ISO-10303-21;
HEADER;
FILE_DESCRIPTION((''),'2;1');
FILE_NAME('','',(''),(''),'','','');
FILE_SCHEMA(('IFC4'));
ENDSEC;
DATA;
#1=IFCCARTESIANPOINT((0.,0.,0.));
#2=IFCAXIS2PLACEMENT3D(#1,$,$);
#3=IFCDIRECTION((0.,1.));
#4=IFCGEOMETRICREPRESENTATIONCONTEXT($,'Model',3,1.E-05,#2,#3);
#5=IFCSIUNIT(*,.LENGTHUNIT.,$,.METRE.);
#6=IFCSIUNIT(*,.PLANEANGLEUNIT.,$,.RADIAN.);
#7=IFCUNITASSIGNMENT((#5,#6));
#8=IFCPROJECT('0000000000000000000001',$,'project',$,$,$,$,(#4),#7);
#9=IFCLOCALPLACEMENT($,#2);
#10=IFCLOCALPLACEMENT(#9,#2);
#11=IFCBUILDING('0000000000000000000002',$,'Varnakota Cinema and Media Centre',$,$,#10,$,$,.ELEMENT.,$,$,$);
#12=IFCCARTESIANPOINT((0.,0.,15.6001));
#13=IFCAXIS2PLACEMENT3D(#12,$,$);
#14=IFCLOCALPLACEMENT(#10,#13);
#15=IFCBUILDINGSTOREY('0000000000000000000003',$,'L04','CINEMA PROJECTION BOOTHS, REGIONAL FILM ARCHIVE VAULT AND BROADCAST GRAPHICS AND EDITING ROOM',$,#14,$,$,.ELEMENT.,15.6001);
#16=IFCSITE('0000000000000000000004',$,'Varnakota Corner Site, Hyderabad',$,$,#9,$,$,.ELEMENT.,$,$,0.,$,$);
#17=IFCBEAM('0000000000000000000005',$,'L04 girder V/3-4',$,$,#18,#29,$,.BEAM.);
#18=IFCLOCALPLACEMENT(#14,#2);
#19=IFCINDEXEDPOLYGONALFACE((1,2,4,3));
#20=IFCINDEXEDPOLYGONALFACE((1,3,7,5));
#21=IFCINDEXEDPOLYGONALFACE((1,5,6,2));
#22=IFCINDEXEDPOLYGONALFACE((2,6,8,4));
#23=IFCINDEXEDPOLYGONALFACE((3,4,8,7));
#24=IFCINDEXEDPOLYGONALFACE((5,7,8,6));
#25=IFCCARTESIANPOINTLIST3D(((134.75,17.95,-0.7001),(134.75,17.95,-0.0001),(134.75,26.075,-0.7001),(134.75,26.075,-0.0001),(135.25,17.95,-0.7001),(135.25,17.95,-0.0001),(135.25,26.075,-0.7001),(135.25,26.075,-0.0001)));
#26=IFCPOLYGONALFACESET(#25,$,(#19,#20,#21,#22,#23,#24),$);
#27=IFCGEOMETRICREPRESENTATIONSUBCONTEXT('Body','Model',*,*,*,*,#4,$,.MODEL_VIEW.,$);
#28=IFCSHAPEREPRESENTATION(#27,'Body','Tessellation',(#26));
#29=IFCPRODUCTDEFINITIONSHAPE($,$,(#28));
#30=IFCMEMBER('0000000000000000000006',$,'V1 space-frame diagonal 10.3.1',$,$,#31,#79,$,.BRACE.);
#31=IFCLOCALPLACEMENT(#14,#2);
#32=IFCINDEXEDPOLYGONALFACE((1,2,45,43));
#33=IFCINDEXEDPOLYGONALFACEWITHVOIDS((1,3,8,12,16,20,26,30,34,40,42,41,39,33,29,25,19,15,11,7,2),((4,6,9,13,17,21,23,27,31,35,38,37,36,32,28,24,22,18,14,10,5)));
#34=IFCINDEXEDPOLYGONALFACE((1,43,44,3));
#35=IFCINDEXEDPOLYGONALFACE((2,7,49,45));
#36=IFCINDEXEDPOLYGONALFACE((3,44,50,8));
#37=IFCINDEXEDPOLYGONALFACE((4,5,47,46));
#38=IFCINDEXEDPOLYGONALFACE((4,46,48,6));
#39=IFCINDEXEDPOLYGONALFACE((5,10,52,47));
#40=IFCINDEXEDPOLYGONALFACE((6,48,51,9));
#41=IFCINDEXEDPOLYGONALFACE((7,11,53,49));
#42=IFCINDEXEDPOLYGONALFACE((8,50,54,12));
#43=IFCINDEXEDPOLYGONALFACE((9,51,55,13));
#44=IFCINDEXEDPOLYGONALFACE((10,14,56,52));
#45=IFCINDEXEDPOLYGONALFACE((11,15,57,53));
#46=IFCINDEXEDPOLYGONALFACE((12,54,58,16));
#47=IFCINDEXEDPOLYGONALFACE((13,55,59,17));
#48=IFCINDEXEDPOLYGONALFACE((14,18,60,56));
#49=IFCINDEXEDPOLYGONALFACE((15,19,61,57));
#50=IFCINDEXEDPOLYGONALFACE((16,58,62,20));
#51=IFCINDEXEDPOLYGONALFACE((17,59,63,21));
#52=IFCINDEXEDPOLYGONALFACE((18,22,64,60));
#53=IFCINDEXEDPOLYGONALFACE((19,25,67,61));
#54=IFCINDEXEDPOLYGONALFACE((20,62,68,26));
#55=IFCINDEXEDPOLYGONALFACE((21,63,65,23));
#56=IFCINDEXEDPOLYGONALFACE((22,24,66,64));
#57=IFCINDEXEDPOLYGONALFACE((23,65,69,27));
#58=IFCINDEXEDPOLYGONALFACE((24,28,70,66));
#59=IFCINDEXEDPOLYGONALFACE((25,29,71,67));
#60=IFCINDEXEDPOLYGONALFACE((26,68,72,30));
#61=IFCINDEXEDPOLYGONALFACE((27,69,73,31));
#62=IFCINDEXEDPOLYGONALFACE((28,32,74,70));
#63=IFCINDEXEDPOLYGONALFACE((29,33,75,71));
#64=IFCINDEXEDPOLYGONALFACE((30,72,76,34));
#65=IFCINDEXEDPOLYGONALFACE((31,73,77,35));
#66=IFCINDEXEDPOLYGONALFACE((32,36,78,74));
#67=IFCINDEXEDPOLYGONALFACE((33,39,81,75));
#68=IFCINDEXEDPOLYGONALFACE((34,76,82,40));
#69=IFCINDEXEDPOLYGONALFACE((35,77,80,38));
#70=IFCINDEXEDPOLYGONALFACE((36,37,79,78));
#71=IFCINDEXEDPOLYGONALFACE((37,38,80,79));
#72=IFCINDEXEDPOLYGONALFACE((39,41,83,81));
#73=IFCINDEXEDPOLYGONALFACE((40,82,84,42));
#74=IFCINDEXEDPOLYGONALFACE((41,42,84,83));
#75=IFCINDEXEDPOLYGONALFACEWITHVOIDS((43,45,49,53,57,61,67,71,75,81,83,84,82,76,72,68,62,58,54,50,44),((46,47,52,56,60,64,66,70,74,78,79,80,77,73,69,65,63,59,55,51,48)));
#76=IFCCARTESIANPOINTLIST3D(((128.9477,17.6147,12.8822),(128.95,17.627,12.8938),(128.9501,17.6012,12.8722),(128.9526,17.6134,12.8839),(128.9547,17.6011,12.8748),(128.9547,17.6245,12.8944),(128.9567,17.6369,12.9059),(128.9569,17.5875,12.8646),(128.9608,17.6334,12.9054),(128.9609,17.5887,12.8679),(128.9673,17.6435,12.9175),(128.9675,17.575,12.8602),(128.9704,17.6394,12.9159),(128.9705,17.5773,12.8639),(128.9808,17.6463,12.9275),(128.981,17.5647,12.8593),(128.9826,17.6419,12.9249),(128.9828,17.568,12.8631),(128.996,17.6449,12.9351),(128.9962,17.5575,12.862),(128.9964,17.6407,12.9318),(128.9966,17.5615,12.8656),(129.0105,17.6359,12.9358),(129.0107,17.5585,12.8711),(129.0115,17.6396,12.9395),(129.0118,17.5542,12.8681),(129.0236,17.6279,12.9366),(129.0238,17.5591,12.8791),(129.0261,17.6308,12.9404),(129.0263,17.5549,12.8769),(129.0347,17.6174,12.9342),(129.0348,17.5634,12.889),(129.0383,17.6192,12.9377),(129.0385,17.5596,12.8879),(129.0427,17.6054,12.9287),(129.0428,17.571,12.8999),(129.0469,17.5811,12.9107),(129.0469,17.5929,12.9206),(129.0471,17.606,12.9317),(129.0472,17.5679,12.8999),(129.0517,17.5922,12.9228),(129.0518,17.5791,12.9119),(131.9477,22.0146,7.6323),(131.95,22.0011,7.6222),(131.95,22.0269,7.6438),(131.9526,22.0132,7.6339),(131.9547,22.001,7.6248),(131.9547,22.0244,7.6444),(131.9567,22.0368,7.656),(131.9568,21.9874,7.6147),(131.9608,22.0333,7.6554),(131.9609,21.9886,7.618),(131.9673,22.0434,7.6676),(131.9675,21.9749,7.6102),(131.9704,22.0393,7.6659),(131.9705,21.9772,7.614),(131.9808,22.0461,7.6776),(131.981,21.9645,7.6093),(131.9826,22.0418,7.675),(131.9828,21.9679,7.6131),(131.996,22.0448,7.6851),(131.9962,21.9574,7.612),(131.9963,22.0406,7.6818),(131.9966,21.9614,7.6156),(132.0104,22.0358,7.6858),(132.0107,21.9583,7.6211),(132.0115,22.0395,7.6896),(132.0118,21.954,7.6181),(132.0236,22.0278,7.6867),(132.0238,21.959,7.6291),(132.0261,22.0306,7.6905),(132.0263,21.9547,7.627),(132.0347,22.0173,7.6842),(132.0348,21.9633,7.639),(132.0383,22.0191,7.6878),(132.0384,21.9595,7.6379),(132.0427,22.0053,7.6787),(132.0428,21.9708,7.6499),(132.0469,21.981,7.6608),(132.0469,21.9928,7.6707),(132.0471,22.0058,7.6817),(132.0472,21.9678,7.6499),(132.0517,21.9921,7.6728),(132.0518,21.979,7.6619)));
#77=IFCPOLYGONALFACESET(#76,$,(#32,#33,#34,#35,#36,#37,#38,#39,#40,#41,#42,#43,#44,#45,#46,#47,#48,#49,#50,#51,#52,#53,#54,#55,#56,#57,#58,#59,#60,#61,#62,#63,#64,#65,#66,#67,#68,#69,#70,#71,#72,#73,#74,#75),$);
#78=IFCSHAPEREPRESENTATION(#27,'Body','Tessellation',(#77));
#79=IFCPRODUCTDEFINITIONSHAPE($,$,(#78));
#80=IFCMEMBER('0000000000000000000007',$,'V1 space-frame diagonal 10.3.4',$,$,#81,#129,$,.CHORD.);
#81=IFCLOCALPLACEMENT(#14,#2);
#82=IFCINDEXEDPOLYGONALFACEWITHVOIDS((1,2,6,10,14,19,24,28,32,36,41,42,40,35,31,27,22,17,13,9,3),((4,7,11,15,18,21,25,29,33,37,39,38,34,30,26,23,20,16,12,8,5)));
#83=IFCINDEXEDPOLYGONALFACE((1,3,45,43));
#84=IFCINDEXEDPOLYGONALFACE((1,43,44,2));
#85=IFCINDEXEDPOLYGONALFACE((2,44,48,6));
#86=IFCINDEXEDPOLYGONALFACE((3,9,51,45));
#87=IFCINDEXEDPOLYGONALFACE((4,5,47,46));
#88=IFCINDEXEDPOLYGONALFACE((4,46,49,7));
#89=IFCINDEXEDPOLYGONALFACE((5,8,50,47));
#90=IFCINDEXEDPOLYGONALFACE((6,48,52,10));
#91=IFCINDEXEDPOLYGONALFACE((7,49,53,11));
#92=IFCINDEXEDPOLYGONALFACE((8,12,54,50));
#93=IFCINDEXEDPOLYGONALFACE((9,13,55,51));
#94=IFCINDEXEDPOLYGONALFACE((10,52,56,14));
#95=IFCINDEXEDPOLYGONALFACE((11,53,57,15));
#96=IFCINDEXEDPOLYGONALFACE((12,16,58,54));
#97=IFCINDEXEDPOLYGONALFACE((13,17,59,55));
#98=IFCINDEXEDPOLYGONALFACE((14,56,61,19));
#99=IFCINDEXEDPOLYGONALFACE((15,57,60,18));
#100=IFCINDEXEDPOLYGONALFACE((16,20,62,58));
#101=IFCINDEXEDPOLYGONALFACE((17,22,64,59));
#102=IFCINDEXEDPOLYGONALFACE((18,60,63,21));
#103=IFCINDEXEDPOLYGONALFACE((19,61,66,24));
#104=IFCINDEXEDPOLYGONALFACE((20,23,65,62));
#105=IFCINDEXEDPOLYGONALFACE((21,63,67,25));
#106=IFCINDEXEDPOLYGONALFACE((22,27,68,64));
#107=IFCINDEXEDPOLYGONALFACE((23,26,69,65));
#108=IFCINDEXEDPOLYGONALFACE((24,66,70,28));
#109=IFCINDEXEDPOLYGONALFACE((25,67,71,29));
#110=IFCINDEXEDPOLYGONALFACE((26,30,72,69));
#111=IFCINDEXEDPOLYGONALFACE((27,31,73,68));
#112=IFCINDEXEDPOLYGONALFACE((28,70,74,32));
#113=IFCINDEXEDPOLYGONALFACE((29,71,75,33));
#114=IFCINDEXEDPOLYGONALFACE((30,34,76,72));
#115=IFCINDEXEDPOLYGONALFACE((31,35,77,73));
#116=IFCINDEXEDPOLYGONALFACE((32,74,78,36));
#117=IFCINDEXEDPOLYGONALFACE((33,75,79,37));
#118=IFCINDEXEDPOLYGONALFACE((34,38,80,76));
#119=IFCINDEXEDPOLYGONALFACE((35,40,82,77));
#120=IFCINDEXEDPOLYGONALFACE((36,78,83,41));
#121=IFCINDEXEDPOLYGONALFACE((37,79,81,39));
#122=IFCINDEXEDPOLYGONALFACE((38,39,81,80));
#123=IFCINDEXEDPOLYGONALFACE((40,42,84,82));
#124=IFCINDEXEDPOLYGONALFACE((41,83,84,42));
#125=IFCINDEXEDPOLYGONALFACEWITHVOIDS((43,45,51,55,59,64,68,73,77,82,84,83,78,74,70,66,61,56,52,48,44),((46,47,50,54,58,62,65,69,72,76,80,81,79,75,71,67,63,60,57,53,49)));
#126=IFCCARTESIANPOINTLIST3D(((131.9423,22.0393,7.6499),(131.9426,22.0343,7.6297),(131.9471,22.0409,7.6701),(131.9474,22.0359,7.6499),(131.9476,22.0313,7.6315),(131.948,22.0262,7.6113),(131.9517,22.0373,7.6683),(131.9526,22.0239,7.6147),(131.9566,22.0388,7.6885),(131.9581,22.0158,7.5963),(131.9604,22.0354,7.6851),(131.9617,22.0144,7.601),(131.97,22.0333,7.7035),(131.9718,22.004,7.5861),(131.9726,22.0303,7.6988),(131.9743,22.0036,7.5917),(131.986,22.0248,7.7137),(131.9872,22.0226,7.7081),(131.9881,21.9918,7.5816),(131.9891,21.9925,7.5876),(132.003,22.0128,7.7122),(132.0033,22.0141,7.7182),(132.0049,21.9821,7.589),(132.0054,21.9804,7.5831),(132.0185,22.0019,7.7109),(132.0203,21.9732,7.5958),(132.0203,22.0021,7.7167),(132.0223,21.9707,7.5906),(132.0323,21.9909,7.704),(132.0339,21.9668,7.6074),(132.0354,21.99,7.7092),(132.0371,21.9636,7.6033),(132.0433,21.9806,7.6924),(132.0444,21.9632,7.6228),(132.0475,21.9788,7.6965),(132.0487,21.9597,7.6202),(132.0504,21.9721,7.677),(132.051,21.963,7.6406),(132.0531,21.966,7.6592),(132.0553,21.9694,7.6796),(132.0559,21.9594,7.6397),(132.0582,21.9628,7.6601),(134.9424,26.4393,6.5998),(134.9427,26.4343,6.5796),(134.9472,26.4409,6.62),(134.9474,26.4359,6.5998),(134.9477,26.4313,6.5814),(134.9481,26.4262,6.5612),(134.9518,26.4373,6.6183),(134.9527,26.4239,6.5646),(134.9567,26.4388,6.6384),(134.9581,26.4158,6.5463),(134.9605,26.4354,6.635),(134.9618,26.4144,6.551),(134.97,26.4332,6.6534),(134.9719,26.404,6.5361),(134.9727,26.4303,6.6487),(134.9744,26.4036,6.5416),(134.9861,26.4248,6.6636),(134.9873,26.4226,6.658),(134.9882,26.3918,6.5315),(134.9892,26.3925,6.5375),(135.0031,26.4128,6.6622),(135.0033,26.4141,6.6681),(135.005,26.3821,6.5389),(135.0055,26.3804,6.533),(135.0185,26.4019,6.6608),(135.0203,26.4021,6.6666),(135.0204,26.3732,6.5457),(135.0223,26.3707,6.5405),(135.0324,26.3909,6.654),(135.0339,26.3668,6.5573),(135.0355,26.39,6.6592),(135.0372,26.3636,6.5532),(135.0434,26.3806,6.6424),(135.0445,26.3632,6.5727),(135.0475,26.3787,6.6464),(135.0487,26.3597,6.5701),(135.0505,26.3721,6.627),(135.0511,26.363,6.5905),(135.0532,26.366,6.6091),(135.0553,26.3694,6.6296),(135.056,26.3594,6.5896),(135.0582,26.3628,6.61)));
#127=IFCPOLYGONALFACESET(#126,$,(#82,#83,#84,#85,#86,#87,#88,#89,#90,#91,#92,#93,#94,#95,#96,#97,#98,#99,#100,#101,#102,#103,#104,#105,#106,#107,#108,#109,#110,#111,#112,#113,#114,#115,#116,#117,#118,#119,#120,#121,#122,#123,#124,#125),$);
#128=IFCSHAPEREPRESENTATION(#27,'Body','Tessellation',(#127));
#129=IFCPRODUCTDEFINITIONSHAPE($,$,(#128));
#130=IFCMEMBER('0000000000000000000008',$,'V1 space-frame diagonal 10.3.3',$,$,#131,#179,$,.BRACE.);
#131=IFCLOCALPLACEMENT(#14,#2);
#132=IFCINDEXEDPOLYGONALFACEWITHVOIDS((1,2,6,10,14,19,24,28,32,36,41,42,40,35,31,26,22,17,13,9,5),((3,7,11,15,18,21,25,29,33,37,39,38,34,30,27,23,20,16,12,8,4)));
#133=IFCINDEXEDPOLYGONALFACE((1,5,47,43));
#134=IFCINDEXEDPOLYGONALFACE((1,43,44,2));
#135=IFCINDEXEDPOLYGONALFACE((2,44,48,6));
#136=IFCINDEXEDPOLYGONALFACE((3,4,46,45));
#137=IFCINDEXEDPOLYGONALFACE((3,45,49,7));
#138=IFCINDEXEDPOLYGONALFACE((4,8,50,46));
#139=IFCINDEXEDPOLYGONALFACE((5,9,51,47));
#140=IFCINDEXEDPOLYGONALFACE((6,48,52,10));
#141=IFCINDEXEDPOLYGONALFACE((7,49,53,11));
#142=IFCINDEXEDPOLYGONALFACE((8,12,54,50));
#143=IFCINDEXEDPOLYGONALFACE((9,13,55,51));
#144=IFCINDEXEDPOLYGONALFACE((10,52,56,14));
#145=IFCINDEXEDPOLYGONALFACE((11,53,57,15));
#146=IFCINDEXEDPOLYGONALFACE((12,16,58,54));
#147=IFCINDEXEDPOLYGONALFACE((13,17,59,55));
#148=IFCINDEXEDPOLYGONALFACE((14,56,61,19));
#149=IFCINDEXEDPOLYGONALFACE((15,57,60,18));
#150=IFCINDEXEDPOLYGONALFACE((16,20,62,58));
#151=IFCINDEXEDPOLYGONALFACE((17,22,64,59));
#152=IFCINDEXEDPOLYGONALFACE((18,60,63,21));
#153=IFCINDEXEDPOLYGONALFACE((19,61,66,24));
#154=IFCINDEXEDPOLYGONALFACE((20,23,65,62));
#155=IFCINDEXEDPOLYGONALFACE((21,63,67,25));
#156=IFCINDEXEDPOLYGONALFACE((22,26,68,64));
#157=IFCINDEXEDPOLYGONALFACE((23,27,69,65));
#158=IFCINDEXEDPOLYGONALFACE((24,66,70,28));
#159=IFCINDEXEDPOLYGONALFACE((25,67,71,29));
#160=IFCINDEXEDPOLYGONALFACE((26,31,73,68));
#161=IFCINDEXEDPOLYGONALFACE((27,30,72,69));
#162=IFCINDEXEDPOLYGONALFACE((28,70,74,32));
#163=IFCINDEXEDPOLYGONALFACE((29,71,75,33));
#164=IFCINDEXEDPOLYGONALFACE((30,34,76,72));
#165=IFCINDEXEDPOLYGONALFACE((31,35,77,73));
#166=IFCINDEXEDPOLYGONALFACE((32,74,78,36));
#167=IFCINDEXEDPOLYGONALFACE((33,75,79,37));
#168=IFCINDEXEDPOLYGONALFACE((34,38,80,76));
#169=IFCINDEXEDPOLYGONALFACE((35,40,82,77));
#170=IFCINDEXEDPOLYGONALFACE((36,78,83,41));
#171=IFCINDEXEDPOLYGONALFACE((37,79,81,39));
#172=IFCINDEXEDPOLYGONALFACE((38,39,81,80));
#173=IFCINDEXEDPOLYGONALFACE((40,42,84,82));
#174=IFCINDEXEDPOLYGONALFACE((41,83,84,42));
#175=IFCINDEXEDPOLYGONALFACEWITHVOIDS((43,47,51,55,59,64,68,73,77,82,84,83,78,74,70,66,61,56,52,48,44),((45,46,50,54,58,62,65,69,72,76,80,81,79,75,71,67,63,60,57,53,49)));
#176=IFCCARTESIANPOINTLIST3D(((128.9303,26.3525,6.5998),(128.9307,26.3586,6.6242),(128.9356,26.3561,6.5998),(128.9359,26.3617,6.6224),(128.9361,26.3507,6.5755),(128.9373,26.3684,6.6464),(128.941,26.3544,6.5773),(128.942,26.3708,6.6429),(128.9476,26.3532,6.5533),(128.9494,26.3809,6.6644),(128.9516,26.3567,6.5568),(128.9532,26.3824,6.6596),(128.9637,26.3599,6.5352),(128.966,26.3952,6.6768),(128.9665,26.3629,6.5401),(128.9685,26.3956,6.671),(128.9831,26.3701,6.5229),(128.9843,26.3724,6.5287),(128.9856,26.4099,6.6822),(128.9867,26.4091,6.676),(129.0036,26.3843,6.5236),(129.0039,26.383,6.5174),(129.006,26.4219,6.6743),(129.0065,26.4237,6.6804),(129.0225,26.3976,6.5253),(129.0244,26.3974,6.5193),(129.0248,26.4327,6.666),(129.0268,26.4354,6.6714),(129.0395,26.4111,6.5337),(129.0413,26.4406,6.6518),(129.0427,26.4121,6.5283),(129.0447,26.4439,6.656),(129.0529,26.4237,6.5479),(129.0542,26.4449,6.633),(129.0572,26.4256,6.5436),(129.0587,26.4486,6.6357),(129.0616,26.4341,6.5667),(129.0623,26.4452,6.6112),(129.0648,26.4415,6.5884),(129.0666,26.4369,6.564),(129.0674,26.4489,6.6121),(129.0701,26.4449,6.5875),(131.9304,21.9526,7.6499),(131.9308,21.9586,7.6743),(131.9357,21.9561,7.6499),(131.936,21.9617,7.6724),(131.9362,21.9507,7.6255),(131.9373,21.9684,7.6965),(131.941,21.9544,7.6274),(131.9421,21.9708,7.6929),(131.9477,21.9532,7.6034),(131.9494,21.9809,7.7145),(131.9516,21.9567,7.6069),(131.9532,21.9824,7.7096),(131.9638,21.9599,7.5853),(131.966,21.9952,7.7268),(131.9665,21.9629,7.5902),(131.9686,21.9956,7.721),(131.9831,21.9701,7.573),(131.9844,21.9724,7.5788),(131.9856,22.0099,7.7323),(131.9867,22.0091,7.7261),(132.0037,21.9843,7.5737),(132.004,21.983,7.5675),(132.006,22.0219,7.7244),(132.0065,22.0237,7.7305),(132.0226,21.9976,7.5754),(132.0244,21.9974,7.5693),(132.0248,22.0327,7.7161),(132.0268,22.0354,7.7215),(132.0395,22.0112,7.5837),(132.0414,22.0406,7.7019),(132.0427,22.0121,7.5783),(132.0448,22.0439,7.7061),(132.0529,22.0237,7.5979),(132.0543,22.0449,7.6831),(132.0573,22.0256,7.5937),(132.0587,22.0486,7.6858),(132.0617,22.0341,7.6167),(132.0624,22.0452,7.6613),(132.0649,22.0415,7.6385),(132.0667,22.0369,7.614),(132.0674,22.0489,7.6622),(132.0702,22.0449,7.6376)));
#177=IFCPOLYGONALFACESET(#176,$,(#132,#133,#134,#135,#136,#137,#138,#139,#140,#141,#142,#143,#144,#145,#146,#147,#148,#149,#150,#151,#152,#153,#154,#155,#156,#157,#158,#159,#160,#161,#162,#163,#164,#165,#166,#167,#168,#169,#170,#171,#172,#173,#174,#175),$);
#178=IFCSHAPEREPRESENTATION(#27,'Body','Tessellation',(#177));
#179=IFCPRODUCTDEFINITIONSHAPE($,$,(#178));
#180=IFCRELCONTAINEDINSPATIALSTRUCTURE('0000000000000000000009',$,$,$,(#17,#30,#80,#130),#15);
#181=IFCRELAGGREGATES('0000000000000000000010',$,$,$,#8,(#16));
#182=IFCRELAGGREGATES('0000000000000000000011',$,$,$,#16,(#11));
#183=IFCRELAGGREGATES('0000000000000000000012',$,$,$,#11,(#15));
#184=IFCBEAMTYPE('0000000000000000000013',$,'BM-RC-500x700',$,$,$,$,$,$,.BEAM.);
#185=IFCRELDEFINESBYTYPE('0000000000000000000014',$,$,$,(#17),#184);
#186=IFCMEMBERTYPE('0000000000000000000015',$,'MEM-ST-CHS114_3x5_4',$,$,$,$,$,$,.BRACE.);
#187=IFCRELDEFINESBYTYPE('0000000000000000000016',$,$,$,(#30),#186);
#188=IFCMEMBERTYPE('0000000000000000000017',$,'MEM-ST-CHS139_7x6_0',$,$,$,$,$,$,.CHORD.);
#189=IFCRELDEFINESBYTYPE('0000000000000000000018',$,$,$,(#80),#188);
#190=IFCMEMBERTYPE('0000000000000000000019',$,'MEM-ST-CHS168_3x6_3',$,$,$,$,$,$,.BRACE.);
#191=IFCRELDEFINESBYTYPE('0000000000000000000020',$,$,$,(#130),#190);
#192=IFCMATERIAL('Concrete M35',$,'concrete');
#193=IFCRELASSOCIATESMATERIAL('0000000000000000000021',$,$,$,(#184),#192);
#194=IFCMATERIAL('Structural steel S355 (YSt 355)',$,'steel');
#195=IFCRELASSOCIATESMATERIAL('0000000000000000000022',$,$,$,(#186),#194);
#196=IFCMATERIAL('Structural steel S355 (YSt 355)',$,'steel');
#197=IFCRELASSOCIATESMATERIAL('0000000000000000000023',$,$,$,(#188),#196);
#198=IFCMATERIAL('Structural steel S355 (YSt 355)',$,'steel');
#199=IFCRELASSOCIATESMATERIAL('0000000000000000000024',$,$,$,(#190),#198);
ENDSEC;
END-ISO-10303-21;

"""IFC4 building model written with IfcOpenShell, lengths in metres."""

from ifc_helpers import new_model, si_unit, direction, frame, origin, origin_2d, place, context, subcontext, project, spatial, rectangle, hollow_circle, extrude, material, material_profile, profile_set, type_object, element, save


model = new_model("IFC4")

# Units and contexts
model_context = context("Model", 3, precision=1e-05, world=origin(), true_north=direction((0.0, 1.0)))
body_context = subcontext(model_context, "Body", "Model", "MODEL_VIEW")
ifc_project = project(units=[si_unit("LENGTHUNIT", "METRE"), si_unit("PLANEANGLEUNIT", "RADIAN")], contexts=[model_context])

# Site, building, storey
site_placement = place(None, origin())
site = spatial("IfcSite", under=ifc_project, at=site_placement, Name="Varnakota Corner Site, Hyderabad", CompositionType="ELEMENT", RefElevation=0.0)
building_placement = place(site_placement, origin())
building = spatial("IfcBuilding", under=site, at=building_placement, Name="Varnakota Cinema and Media Centre", CompositionType="ELEMENT")
storey_placement = place(building_placement, frame((0.0, 0.0, 15.6001)))
storey = spatial("IfcBuildingStorey", under=building, at=storey_placement, Name="L04", Description="CINEMA PROJECTION BOOTHS, REGIONAL FILM ARCHIVE VAULT AND BROADCAST GRAPHICS AND EDITING ROOM", CompositionType="ELEMENT", Elevation=15.6001)

# Beam
ifc_material_1 = material(Name="Concrete M35", Category="concrete")
ifc_material_profile_1 = material_profile(ifc_material_1, rectangle(XDim=0.5, YDim=0.7, at=origin_2d()), Name="RCB 500x700")
ifc_profile_set_1 = profile_set([ifc_material_profile_1], Name="Concrete M35")
beam_type = type_object("IfcBeamType", Name="BM-RC-500x700", PredefinedType="BEAM", material=ifc_profile_set_1)
beam_placement = place(storey_placement, frame((135.0, 17.95, -0.3501), z_axis=(0.0, 1.0, 0.0), x_axis=(-1.0, 0.0, 0.0)))
element("IfcBeam", 1, at=beam_placement, inside=storey, type_object=beam_type, Name="L04 girder V/3-4", PredefinedType="BEAM", context=body_context, shape_type="SweptSolid", body=[
    extrude(rectangle(XDim=0.5, YDim=0.7, at=origin_2d()), origin(), (0.0, 0.0, 1.0), 8.125),
])

# Members
ifc_material_2 = material(Name="Structural steel S355 (YSt 355)", Category="steel")
ifc_material_profile_2 = material_profile(ifc_material_2, hollow_circle(Radius=0.0571, WallThickness=0.0054, at=origin_2d()), Name="CHS 114.3x5.4")
ifc_profile_set_2 = profile_set([ifc_material_profile_2], Name="Structural steel S355 (YSt 355)")
member_type_1 = type_object("IfcMemberType", Name="MEM-ST-CHS114_3x5_4", PredefinedType="BRACE", material=ifc_profile_set_2)
member_1_placement = place(storey_placement, frame((132.0, 22.0, 7.6499), z_axis=(-0.401173, -0.588373, 0.702052), x_axis=(0.826222, -0.563345, 0.0)))
element("IfcMember", 2, at=member_1_placement, inside=storey, type_object=member_type_1, Name="V1 space-frame diagonal 10.3.1", PredefinedType="BRACE", context=body_context, shape_type="SweptSolid", body=[
    extrude(hollow_circle(Radius=0.0571, WallThickness=0.0054, at=origin_2d()), origin(), (0.0, 0.0, 1.0), 7.478),
])
ifc_material_3 = material(Name="Structural steel S355 (YSt 355)", Category="steel")
ifc_material_profile_3 = material_profile(ifc_material_3, hollow_circle(Radius=0.0698, WallThickness=0.0061, at=origin_2d()), Name="CHS 139.7x6.0")
ifc_profile_set_3 = profile_set([ifc_material_profile_3], Name="Structural steel S355 (YSt 355)")
member_type_2 = type_object("IfcMemberType", Name="MEM-ST-CHS139_7x6_0", PredefinedType="CHORD", material=ifc_profile_set_3)
member_2_placement = place(storey_placement, frame((132.0, 22.0, 7.6499), z_axis=(0.552703, 0.810613, -0.193455), x_axis=(-0.826222, 0.563345, 0.0)))
element("IfcMember", 3, at=member_2_placement, inside=storey, type_object=member_type_2, Name="V1 space-frame diagonal 10.3.4", PredefinedType="CHORD", context=body_context, shape_type="SweptSolid", body=[
    extrude(hollow_circle(Radius=0.0698, WallThickness=0.0061, at=origin_2d()), origin(), (0.0, 0.0, 1.0), 5.428),
])
ifc_material_4 = material(Name="Structural steel S355 (YSt 355)", Category="steel")
ifc_material_profile_4 = material_profile(ifc_material_4, hollow_circle(Radius=0.0842, WallThickness=0.0063, at=origin_2d()), Name="CHS 168.3x6.3")
ifc_profile_set_4 = profile_set([ifc_material_profile_4], Name="Structural steel S355 (YSt 355)")
member_type_3 = type_object("IfcMemberType", Name="MEM-ST-CHS168_3x6_3", PredefinedType="BRACE", material=ifc_profile_set_4)
member_3_placement = place(storey_placement, frame((132.0, 22.0, 7.6499), z_axis=(-0.552703, 0.810613, -0.193455), x_axis=(-0.826222, -0.563345, 0.0)))
element("IfcMember", 4, at=member_3_placement, inside=storey, type_object=member_type_3, Name="V1 space-frame diagonal 10.3.3", PredefinedType="BRACE", context=body_context, shape_type="SweptSolid", body=[
    extrude(hollow_circle(Radius=0.0842, WallThickness=0.0063, at=origin_2d()), origin(), (0.0, 0.0, 1.0), 5.428),
])

save(model, "model.ifc")
